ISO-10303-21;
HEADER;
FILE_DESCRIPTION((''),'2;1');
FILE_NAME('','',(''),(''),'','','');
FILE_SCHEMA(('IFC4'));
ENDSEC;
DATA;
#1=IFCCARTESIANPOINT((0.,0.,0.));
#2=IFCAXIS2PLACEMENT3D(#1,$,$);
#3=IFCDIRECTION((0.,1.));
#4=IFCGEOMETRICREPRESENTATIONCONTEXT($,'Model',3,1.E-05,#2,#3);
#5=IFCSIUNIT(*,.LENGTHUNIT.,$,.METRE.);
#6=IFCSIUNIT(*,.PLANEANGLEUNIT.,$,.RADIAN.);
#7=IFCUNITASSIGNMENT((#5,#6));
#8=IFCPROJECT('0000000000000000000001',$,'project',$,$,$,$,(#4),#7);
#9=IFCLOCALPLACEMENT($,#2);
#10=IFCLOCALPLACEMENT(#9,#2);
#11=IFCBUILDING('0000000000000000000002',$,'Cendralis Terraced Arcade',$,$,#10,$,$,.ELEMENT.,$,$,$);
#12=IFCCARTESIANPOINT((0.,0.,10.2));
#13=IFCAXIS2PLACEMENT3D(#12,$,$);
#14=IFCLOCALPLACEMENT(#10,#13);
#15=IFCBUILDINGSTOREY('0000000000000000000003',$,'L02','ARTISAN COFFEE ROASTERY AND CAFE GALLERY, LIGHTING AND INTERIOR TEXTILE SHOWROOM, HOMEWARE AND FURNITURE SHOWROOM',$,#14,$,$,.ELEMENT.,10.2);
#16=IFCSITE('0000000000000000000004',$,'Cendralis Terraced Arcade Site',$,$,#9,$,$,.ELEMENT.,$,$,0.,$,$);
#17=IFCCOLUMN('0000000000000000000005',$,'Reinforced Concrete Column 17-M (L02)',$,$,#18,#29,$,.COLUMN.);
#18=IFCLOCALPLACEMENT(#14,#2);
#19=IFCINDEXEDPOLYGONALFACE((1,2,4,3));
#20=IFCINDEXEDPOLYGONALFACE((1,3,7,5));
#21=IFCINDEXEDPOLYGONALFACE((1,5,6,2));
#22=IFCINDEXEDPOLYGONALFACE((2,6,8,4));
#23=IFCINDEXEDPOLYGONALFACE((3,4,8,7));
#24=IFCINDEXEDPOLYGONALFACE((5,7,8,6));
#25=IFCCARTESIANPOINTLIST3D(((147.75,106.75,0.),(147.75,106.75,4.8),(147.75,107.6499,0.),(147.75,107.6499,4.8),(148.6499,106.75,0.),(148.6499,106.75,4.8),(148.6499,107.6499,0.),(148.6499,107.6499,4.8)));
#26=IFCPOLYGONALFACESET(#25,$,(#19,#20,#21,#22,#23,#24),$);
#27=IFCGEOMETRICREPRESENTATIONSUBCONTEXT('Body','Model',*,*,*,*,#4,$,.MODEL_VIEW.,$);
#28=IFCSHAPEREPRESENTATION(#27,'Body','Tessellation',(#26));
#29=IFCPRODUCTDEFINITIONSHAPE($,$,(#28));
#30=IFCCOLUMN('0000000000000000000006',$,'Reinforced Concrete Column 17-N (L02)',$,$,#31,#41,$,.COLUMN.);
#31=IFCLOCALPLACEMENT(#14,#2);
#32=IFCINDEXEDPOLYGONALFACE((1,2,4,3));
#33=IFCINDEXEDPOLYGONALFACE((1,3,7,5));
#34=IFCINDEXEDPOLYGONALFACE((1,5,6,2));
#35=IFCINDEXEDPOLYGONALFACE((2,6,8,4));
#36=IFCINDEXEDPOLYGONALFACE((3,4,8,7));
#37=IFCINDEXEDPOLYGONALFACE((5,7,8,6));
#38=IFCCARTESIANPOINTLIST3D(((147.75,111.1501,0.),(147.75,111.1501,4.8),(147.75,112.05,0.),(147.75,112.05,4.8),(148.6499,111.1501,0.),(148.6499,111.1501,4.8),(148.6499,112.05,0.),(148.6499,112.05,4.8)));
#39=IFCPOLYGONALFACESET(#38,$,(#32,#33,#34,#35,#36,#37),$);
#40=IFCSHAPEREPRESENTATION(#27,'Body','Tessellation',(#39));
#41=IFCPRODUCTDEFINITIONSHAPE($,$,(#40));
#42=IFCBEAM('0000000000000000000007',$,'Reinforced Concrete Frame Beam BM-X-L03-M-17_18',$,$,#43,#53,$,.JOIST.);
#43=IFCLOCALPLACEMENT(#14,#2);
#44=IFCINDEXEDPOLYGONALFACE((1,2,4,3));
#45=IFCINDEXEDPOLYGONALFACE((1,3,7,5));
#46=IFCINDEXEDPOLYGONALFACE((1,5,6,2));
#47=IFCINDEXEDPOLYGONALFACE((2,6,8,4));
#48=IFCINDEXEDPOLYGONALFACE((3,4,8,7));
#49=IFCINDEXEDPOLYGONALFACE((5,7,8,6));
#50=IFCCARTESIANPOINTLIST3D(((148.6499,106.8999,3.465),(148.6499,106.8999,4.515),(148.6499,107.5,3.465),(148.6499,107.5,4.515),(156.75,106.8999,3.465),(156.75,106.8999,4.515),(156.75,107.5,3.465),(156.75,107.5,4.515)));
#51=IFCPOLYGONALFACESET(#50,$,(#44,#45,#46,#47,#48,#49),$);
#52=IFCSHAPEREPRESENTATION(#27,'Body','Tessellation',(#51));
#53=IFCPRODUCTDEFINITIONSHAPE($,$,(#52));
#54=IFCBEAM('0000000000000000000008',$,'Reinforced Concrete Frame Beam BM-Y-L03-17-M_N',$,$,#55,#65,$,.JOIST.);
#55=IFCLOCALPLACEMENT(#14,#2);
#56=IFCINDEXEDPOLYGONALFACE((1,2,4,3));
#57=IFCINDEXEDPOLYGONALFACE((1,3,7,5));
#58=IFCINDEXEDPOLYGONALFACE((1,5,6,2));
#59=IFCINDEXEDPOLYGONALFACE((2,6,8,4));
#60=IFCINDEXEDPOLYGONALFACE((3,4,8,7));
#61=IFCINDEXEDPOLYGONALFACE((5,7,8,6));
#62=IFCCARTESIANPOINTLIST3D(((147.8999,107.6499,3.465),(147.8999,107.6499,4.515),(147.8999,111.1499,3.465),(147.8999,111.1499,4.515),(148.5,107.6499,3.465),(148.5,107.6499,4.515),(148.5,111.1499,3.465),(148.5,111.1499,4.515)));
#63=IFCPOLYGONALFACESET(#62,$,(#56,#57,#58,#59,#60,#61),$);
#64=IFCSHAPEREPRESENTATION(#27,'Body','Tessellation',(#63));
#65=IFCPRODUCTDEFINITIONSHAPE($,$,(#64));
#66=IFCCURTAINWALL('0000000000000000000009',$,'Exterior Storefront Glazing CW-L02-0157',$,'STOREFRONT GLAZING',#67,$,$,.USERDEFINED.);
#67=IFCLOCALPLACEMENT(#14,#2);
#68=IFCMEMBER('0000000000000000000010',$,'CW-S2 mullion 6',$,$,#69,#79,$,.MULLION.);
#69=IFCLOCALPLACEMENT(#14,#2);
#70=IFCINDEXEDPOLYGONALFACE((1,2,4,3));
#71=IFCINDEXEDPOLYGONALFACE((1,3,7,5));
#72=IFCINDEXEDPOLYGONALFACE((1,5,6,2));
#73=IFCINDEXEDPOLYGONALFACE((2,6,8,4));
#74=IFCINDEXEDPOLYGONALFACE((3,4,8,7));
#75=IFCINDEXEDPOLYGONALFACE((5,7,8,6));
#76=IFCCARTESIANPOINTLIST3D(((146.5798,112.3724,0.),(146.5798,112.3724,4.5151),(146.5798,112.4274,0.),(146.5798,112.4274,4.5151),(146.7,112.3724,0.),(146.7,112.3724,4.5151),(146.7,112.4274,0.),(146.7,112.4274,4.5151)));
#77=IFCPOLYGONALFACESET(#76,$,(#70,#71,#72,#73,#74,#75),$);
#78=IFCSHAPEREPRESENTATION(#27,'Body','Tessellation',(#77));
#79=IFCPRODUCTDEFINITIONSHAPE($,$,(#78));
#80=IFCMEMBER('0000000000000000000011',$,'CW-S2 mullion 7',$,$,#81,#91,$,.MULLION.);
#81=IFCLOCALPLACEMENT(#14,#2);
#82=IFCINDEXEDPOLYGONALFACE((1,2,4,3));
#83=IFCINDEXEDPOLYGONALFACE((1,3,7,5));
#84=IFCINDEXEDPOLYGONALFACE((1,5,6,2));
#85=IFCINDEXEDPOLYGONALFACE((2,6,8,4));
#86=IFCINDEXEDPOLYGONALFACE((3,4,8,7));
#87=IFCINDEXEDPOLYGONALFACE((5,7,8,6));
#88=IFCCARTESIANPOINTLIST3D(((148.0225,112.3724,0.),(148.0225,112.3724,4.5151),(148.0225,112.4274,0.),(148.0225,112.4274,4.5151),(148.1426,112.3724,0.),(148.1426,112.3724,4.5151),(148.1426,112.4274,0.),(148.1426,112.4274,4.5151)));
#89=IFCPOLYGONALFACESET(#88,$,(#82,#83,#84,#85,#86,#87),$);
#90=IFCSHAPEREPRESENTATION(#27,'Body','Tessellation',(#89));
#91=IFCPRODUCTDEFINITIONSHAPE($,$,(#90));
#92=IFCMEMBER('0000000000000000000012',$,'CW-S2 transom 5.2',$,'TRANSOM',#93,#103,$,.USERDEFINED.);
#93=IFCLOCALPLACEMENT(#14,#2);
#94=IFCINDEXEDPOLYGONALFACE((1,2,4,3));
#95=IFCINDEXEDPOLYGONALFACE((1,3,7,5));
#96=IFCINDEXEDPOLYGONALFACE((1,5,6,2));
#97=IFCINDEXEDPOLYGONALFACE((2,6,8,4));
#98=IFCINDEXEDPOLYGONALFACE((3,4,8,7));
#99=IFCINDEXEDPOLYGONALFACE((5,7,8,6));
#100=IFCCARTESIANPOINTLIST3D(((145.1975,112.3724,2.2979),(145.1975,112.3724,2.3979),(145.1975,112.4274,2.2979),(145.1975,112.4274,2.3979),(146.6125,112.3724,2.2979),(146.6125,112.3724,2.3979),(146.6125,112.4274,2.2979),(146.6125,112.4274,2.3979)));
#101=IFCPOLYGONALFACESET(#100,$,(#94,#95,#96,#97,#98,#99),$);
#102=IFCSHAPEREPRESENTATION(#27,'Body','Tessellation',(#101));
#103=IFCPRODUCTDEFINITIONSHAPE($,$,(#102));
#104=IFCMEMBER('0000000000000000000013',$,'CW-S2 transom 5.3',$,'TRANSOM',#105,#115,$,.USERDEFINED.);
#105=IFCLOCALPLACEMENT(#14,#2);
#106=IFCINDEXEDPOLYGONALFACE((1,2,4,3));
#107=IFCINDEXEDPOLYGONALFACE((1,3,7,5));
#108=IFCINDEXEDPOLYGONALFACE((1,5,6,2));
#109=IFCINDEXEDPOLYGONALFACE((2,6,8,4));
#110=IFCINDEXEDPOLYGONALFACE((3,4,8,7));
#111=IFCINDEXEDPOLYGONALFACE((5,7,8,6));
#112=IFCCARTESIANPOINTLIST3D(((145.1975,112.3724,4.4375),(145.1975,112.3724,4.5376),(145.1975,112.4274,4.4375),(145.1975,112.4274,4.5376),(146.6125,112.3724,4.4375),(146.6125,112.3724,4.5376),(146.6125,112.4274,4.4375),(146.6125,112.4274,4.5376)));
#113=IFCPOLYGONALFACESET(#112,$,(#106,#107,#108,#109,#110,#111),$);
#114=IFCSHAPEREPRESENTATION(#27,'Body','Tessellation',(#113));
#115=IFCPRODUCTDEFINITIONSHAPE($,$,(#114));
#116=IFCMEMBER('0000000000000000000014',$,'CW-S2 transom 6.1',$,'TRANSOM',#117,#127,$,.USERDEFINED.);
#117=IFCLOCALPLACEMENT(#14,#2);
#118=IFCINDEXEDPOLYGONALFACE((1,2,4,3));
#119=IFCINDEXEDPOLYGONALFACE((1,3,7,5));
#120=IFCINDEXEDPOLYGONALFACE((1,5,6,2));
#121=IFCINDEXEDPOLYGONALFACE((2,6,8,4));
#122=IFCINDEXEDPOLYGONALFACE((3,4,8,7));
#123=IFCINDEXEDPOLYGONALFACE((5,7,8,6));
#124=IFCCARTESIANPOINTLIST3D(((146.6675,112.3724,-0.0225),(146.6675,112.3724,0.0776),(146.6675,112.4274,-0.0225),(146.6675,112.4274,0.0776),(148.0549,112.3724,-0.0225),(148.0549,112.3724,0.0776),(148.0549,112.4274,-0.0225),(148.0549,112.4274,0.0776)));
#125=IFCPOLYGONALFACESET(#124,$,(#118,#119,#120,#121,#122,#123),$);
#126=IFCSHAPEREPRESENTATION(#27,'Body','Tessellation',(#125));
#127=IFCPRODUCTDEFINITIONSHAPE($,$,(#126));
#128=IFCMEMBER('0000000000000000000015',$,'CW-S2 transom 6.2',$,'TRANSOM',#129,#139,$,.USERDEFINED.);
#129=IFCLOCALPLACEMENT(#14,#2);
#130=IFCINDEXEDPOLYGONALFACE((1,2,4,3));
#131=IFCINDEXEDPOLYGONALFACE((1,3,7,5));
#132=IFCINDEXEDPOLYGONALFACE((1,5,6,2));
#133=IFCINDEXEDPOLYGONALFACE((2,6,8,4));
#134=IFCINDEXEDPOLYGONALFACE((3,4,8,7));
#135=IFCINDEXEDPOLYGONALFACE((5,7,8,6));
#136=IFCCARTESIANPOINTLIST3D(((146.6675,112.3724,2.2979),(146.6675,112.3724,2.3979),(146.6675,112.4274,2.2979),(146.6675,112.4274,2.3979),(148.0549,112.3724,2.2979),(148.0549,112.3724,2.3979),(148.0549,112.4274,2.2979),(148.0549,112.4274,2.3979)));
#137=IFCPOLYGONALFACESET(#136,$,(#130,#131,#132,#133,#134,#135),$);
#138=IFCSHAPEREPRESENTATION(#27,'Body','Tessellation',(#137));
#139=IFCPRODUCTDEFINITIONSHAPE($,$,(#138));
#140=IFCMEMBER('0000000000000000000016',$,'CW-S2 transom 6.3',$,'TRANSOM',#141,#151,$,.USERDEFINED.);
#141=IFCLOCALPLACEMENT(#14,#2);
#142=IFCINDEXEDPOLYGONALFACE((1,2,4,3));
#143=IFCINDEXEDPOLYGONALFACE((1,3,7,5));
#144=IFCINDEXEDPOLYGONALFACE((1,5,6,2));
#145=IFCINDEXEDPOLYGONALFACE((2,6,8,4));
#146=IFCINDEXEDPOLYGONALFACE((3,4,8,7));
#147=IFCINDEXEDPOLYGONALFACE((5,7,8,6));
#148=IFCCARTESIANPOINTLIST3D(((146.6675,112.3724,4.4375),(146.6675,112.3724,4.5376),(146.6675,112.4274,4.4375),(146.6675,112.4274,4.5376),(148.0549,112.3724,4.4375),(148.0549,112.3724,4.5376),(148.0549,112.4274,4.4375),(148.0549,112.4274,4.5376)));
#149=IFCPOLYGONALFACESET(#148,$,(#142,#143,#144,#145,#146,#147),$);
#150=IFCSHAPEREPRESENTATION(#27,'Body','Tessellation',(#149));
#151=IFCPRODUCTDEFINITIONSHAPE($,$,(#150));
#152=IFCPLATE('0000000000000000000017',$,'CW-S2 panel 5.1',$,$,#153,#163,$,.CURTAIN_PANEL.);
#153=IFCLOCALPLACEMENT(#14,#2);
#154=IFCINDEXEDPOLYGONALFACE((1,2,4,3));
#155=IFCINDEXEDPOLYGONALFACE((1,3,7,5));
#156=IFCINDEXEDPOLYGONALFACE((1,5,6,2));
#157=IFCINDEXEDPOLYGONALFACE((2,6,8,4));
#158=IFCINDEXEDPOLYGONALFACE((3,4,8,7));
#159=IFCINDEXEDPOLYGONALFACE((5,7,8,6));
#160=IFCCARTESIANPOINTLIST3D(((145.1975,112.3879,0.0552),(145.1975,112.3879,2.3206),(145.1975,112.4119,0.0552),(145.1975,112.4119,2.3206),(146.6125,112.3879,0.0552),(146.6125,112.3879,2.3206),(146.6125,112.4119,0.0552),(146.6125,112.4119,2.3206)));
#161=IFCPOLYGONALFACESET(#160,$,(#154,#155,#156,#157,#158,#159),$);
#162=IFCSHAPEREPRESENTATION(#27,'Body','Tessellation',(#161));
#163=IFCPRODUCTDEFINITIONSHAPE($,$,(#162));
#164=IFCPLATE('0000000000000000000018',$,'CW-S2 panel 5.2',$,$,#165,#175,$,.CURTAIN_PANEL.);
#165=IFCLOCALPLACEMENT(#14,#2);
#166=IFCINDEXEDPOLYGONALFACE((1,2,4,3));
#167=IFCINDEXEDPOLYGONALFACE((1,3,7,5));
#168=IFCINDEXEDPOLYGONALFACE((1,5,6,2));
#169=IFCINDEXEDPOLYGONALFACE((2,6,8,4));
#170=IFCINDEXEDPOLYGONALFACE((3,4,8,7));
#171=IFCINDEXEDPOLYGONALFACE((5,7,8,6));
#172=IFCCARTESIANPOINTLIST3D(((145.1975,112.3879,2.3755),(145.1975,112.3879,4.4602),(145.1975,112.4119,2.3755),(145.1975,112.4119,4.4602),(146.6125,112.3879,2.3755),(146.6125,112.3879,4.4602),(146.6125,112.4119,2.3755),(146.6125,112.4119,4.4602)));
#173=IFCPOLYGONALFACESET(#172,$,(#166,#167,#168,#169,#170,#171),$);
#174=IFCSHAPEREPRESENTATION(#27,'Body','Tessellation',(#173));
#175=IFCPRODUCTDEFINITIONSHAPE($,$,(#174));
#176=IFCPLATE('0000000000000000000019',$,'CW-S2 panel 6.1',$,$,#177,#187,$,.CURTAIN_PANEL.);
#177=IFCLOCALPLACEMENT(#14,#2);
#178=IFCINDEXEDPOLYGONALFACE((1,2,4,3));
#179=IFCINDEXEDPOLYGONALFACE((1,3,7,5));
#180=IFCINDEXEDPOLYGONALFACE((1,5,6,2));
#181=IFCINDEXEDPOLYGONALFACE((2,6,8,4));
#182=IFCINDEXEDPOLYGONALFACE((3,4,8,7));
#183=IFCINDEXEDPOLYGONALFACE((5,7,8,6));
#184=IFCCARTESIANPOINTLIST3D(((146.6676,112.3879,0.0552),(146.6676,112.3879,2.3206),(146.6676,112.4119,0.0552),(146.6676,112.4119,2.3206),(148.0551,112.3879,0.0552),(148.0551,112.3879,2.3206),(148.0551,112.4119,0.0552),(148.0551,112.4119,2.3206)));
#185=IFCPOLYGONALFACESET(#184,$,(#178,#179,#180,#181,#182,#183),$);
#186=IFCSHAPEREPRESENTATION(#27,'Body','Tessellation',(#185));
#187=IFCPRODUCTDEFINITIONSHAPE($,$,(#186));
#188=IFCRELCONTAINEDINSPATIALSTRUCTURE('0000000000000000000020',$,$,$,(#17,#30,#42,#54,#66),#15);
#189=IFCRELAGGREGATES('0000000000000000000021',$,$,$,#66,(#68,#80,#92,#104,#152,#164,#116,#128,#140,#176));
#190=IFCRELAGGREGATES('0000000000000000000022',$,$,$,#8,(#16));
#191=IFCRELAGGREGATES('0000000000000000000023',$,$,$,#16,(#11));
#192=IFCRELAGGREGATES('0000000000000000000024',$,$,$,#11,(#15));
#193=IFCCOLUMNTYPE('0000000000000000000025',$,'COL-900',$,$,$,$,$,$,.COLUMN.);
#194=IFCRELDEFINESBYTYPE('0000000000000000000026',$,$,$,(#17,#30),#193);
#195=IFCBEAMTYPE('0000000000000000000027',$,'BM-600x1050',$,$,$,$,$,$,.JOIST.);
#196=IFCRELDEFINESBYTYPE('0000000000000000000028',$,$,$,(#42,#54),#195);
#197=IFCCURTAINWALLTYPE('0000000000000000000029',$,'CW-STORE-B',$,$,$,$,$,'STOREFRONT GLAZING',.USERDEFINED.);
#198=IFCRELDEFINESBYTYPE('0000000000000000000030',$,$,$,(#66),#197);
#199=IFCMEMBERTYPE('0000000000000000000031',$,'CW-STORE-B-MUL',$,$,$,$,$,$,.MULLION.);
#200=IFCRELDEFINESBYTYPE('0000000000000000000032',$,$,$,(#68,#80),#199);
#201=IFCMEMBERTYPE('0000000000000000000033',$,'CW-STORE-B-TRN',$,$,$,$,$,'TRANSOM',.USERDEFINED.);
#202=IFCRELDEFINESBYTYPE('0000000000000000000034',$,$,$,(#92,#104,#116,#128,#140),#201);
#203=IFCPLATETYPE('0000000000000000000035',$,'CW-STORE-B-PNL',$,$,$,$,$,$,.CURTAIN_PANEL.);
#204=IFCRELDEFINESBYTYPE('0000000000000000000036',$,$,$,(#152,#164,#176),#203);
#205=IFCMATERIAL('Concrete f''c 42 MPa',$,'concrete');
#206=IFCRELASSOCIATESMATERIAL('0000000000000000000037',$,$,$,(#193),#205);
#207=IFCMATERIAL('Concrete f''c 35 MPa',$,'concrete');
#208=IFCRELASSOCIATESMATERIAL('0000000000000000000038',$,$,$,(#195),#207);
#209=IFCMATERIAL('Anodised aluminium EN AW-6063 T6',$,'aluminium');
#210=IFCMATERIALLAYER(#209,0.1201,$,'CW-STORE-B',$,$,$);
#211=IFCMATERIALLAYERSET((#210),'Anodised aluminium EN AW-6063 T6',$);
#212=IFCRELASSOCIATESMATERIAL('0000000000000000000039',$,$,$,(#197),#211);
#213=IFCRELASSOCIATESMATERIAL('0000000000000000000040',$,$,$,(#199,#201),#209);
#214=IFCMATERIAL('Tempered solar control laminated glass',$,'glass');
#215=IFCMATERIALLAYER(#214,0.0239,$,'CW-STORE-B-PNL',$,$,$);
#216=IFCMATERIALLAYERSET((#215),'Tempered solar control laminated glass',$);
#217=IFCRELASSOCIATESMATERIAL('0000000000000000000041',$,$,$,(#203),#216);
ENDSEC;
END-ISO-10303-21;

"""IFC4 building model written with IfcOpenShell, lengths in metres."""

from ifc_helpers import new_model, si_unit, direction, frame, origin, origin_2d, place, context, subcontext, project, spatial, rectangle, extrude, material, layer, layer_set, material_profile, profile_set, type_object, element, aggregate, save


model = new_model("IFC4")

# Units and contexts
model_context = context("Model", 3, precision=1e-05, world=origin(), true_north=direction((0.0, 1.0)))
body_context = subcontext(model_context, "Body", "Model", "MODEL_VIEW")
ifc_project = project(units=[si_unit("LENGTHUNIT", "METRE"), si_unit("PLANEANGLEUNIT", "RADIAN")], contexts=[model_context])

# Site, building, storey
site_placement = place(None, origin())
site = spatial("IfcSite", under=ifc_project, at=site_placement, Name="Cendralis Terraced Arcade Site", CompositionType="ELEMENT", RefElevation=0.0)
building_placement = place(site_placement, origin())
building = spatial("IfcBuilding", under=site, at=building_placement, Name="Cendralis Terraced Arcade", CompositionType="ELEMENT")
storey_placement = place(building_placement, frame((0.0, 0.0, 10.2)))
storey = spatial("IfcBuildingStorey", under=building, at=storey_placement, Name="L02", Description="ARTISAN COFFEE ROASTERY AND CAFE GALLERY, LIGHTING AND INTERIOR TEXTILE SHOWROOM, HOMEWARE AND FURNITURE SHOWROOM", CompositionType="ELEMENT", Elevation=10.2)

# Columns
ifc_material_1 = material(Name="Concrete f'c 42 MPa", Category="concrete")
ifc_material_profile_1 = material_profile(ifc_material_1, rectangle(XDim=0.8999, YDim=0.8999, at=origin_2d()), Name="RC-COL-900x900", Category="LoadBearing")
ifc_profile_set_1 = profile_set([ifc_material_profile_1], Name="Concrete f'c 42 MPa")
column_type = type_object("IfcColumnType", Name="COL-900", PredefinedType="COLUMN", material=ifc_profile_set_1)
for number, where, z_axis, x_axis, name in (
    (1, (148.2, 107.2, 0.0), (0.0, 0.0, 1.0), (1.0, 0.0, 0.0), "Reinforced Concrete Column 17-M (L02)"),
    (2, (148.2, 111.6001, 0.0), (0.0, 0.0, 1.0), (1.0, 0.0, 0.0), "Reinforced Concrete Column 17-N (L02)"),
):
    element("IfcColumn", number, at=place(storey_placement, frame(where, z_axis=z_axis, x_axis=x_axis)), inside=storey, type_object=column_type, Name=name, PredefinedType="COLUMN", context=body_context, shape_type="SweptSolid", body=[
        extrude(rectangle(XDim=0.8999, YDim=0.8999, at=origin_2d()), origin(), (0.0, 0.0, 1.0), 4.8),
    ])

# Beams
ifc_material_2 = material(Name="Concrete f'c 35 MPa", Category="concrete")
ifc_material_profile_2 = material_profile(ifc_material_2, rectangle(XDim=0.6001, YDim=1.05, at=origin_2d()), Name="RC-BM-600x1050", Category="LoadBearing")
ifc_profile_set_2 = profile_set([ifc_material_profile_2], Name="Concrete f'c 35 MPa")
beam_type = type_object("IfcBeamType", Name="BM-600x1050", PredefinedType="JOIST", material=ifc_profile_set_2)
beam_1_placement = place(storey_placement, frame((148.6499, 107.2, 3.99), z_axis=(1.0, 0.0, 0.0), x_axis=(0.0, 1.0, 0.0)))
element("IfcBeam", 3, at=beam_1_placement, inside=storey, type_object=beam_type, Name="Reinforced Concrete Frame Beam BM-X-L03-M-17_18", PredefinedType="JOIST", context=body_context, shape_type="SweptSolid", body=[
    extrude(rectangle(XDim=0.6001, YDim=1.05, at=origin_2d()), origin(), (0.0, 0.0, 1.0), 8.1001),
])
beam_2_placement = place(storey_placement, frame((148.2, 107.6499, 3.99), z_axis=(0.0, 1.0, 0.0), x_axis=(-1.0, 0.0, 0.0)))
element("IfcBeam", 4, at=beam_2_placement, inside=storey, type_object=beam_type, Name="Reinforced Concrete Frame Beam BM-Y-L03-17-M_N", PredefinedType="JOIST", context=body_context, shape_type="SweptSolid", body=[
    extrude(rectangle(XDim=0.6001, YDim=1.05, at=origin_2d()), origin(), (0.0, 0.0, 1.0), 3.5),
])

# Curtain wall, members, plates
ifc_material_3 = material(Name="Anodised aluminium EN AW-6063 T6", Category="aluminium")
ifc_layer_1 = layer(ifc_material_3, 0.1201, Name="CW-STORE-B")
ifc_layer_set_1 = layer_set([ifc_layer_1], Name="Anodised aluminium EN AW-6063 T6")
curtain_wall_type = type_object("IfcCurtainWallType", Name="CW-STORE-B", ElementType="STOREFRONT GLAZING", PredefinedType="USERDEFINED", material=ifc_layer_set_1)
curtain_wall_placement = place(storey_placement, origin())
curtain_wall = element("IfcCurtainWall", 5, at=curtain_wall_placement, inside=storey, type_object=curtain_wall_type, Name="Exterior Storefront Glazing CW-L02-0157", ObjectType="STOREFRONT GLAZING", PredefinedType="USERDEFINED")
ifc_material_profile_3 = material_profile(ifc_material_3, rectangle(XDim=0.0549, YDim=0.1201, at=origin_2d()), Name="ALU-MUL-55x120")
ifc_profile_set_3 = profile_set([ifc_material_profile_3], Name="Anodised aluminium EN AW-6063 T6")
member_type_1 = type_object("IfcMemberType", Name="CW-STORE-B-MUL", PredefinedType="MULLION", material=ifc_profile_set_3)
member_1_placement = place(storey_placement, frame((146.6399, 112.3999, 0.0), z_axis=(0.0, 0.0, 1.0), x_axis=(0.0, 1.0, 0.0)))
member_1 = element("IfcMember", 6, at=member_1_placement, type_object=member_type_1, Name="CW-S2 mullion 6", PredefinedType="MULLION", context=body_context, shape_type="SweptSolid", body=[
    extrude(rectangle(XDim=0.0549, YDim=0.1201, at=origin_2d()), origin(), (0.0, 0.0, 1.0), 4.5151),
])
member_2_placement = place(storey_placement, frame((148.0825, 112.3999, 0.0), z_axis=(0.0, 0.0, 1.0), x_axis=(0.0, 1.0, 0.0)))
member_2 = element("IfcMember", 7, at=member_2_placement, type_object=member_type_1, Name="CW-S2 mullion 7", PredefinedType="MULLION", context=body_context, shape_type="SweptSolid", body=[
    extrude(rectangle(XDim=0.0549, YDim=0.1201, at=origin_2d()), origin(), (0.0, 0.0, 1.0), 4.5151),
])
ifc_material_profile_4 = material_profile(ifc_material_3, rectangle(XDim=0.0549, YDim=0.1001, at=origin_2d()), Name="ALU-TRN-55x100")
ifc_profile_set_4 = profile_set([ifc_material_profile_4], Name="Anodised aluminium EN AW-6063 T6")
member_type_2 = type_object("IfcMemberType", Name="CW-STORE-B-TRN", ElementType="TRANSOM", PredefinedType="USERDEFINED", material=ifc_profile_set_4)
member_3_placement = place(storey_placement, frame((145.1975, 112.3999, 2.3479), z_axis=(1.0, 0.0, 0.0), x_axis=(0.0, 1.0, 0.0)))
member_3 = element("IfcMember", 8, at=member_3_placement, type_object=member_type_2, Name="CW-S2 transom 5.2", ObjectType="TRANSOM", PredefinedType="USERDEFINED", context=body_context, shape_type="SweptSolid", body=[
    extrude(rectangle(XDim=0.0549, YDim=0.1001, at=origin_2d()), origin(), (0.0, 0.0, 1.0), 1.415),
])
member_4_placement = place(storey_placement, frame((145.1975, 112.3999, 4.4875), z_axis=(1.0, 0.0, 0.0), x_axis=(0.0, 1.0, 0.0)))
member_4 = element("IfcMember", 9, at=member_4_placement, type_object=member_type_2, Name="CW-S2 transom 5.3", ObjectType="TRANSOM", PredefinedType="USERDEFINED", context=body_context, shape_type="SweptSolid", body=[
    extrude(rectangle(XDim=0.0549, YDim=0.1001, at=origin_2d()), origin(), (0.0, 0.0, 1.0), 1.415),
])
member_5_placement = place(storey_placement, frame((146.6675, 112.3999, 0.0276), z_axis=(1.0, 0.0, 0.0), x_axis=(0.0, 1.0, 0.0)))
member_5 = element("IfcMember", 10, at=member_5_placement, type_object=member_type_2, Name="CW-S2 transom 6.1", ObjectType="TRANSOM", PredefinedType="USERDEFINED", context=body_context, shape_type="SweptSolid", body=[
    extrude(rectangle(XDim=0.0549, YDim=0.1001, at=origin_2d()), origin(), (0.0, 0.0, 1.0), 1.3875),
])
member_6_placement = place(storey_placement, frame((146.6675, 112.3999, 2.3479), z_axis=(1.0, 0.0, 0.0), x_axis=(0.0, 1.0, 0.0)))
member_6 = element("IfcMember", 11, at=member_6_placement, type_object=member_type_2, Name="CW-S2 transom 6.2", ObjectType="TRANSOM", PredefinedType="USERDEFINED", context=body_context, shape_type="SweptSolid", body=[
    extrude(rectangle(XDim=0.0549, YDim=0.1001, at=origin_2d()), origin(), (0.0, 0.0, 1.0), 1.3875),
])
member_7_placement = place(storey_placement, frame((146.6675, 112.3999, 4.4875), z_axis=(1.0, 0.0, 0.0), x_axis=(0.0, 1.0, 0.0)))
member_7 = element("IfcMember", 12, at=member_7_placement, type_object=member_type_2, Name="CW-S2 transom 6.3", ObjectType="TRANSOM", PredefinedType="USERDEFINED", context=body_context, shape_type="SweptSolid", body=[
    extrude(rectangle(XDim=0.0549, YDim=0.1001, at=origin_2d()), origin(), (0.0, 0.0, 1.0), 1.3875),
])
ifc_material_4 = material(Name="Tempered solar control laminated glass", Category="glass")
ifc_layer_2 = layer(ifc_material_4, 0.0239, Name="CW-STORE-B-PNL")
ifc_layer_set_2 = layer_set([ifc_layer_2], Name="Tempered solar control laminated glass")
plate_type = type_object("IfcPlateType", Name="CW-STORE-B-PNL", PredefinedType="CURTAIN_PANEL", material=ifc_layer_set_2)
plate_1_placement = place(storey_placement, frame((145.905, 112.3999, 0.0552), z_axis=(0.0, 0.0, 1.0), x_axis=(1.0, 0.0, 0.0)))
plate_1 = element("IfcPlate", 13, at=plate_1_placement, type_object=plate_type, Name="CW-S2 panel 5.1", PredefinedType="CURTAIN_PANEL", context=body_context, shape_type="SweptSolid", body=[
    extrude(rectangle(XDim=1.415, YDim=0.0239, at=origin_2d()), origin(), (0.0, 0.0, 1.0), 2.2654),
])
plate_2_placement = place(storey_placement, frame((145.905, 112.3999, 2.3755), z_axis=(0.0, 0.0, 1.0), x_axis=(1.0, 0.0, 0.0)))
plate_2 = element("IfcPlate", 14, at=plate_2_placement, type_object=plate_type, Name="CW-S2 panel 5.2", PredefinedType="CURTAIN_PANEL", context=body_context, shape_type="SweptSolid", body=[
    extrude(rectangle(XDim=1.415, YDim=0.0239, at=origin_2d()), origin(), (0.0, 0.0, 1.0), 2.0847),
])
plate_3_placement = place(storey_placement, frame((147.3613, 112.3999, 0.0552), z_axis=(0.0, 0.0, 1.0), x_axis=(1.0, 0.0, 0.0)))
plate_3 = element("IfcPlate", 15, at=plate_3_placement, type_object=plate_type, Name="CW-S2 panel 6.1", PredefinedType="CURTAIN_PANEL", context=body_context, shape_type="SweptSolid", body=[
    extrude(rectangle(XDim=1.3875, YDim=0.0239, at=origin_2d()), origin(), (0.0, 0.0, 1.0), 2.2654),
])
aggregate(curtain_wall, [member_1, member_2, member_3, member_4, plate_1, plate_2, member_5, member_6, member_7, plate_3])

save(model, "model.ifc")
